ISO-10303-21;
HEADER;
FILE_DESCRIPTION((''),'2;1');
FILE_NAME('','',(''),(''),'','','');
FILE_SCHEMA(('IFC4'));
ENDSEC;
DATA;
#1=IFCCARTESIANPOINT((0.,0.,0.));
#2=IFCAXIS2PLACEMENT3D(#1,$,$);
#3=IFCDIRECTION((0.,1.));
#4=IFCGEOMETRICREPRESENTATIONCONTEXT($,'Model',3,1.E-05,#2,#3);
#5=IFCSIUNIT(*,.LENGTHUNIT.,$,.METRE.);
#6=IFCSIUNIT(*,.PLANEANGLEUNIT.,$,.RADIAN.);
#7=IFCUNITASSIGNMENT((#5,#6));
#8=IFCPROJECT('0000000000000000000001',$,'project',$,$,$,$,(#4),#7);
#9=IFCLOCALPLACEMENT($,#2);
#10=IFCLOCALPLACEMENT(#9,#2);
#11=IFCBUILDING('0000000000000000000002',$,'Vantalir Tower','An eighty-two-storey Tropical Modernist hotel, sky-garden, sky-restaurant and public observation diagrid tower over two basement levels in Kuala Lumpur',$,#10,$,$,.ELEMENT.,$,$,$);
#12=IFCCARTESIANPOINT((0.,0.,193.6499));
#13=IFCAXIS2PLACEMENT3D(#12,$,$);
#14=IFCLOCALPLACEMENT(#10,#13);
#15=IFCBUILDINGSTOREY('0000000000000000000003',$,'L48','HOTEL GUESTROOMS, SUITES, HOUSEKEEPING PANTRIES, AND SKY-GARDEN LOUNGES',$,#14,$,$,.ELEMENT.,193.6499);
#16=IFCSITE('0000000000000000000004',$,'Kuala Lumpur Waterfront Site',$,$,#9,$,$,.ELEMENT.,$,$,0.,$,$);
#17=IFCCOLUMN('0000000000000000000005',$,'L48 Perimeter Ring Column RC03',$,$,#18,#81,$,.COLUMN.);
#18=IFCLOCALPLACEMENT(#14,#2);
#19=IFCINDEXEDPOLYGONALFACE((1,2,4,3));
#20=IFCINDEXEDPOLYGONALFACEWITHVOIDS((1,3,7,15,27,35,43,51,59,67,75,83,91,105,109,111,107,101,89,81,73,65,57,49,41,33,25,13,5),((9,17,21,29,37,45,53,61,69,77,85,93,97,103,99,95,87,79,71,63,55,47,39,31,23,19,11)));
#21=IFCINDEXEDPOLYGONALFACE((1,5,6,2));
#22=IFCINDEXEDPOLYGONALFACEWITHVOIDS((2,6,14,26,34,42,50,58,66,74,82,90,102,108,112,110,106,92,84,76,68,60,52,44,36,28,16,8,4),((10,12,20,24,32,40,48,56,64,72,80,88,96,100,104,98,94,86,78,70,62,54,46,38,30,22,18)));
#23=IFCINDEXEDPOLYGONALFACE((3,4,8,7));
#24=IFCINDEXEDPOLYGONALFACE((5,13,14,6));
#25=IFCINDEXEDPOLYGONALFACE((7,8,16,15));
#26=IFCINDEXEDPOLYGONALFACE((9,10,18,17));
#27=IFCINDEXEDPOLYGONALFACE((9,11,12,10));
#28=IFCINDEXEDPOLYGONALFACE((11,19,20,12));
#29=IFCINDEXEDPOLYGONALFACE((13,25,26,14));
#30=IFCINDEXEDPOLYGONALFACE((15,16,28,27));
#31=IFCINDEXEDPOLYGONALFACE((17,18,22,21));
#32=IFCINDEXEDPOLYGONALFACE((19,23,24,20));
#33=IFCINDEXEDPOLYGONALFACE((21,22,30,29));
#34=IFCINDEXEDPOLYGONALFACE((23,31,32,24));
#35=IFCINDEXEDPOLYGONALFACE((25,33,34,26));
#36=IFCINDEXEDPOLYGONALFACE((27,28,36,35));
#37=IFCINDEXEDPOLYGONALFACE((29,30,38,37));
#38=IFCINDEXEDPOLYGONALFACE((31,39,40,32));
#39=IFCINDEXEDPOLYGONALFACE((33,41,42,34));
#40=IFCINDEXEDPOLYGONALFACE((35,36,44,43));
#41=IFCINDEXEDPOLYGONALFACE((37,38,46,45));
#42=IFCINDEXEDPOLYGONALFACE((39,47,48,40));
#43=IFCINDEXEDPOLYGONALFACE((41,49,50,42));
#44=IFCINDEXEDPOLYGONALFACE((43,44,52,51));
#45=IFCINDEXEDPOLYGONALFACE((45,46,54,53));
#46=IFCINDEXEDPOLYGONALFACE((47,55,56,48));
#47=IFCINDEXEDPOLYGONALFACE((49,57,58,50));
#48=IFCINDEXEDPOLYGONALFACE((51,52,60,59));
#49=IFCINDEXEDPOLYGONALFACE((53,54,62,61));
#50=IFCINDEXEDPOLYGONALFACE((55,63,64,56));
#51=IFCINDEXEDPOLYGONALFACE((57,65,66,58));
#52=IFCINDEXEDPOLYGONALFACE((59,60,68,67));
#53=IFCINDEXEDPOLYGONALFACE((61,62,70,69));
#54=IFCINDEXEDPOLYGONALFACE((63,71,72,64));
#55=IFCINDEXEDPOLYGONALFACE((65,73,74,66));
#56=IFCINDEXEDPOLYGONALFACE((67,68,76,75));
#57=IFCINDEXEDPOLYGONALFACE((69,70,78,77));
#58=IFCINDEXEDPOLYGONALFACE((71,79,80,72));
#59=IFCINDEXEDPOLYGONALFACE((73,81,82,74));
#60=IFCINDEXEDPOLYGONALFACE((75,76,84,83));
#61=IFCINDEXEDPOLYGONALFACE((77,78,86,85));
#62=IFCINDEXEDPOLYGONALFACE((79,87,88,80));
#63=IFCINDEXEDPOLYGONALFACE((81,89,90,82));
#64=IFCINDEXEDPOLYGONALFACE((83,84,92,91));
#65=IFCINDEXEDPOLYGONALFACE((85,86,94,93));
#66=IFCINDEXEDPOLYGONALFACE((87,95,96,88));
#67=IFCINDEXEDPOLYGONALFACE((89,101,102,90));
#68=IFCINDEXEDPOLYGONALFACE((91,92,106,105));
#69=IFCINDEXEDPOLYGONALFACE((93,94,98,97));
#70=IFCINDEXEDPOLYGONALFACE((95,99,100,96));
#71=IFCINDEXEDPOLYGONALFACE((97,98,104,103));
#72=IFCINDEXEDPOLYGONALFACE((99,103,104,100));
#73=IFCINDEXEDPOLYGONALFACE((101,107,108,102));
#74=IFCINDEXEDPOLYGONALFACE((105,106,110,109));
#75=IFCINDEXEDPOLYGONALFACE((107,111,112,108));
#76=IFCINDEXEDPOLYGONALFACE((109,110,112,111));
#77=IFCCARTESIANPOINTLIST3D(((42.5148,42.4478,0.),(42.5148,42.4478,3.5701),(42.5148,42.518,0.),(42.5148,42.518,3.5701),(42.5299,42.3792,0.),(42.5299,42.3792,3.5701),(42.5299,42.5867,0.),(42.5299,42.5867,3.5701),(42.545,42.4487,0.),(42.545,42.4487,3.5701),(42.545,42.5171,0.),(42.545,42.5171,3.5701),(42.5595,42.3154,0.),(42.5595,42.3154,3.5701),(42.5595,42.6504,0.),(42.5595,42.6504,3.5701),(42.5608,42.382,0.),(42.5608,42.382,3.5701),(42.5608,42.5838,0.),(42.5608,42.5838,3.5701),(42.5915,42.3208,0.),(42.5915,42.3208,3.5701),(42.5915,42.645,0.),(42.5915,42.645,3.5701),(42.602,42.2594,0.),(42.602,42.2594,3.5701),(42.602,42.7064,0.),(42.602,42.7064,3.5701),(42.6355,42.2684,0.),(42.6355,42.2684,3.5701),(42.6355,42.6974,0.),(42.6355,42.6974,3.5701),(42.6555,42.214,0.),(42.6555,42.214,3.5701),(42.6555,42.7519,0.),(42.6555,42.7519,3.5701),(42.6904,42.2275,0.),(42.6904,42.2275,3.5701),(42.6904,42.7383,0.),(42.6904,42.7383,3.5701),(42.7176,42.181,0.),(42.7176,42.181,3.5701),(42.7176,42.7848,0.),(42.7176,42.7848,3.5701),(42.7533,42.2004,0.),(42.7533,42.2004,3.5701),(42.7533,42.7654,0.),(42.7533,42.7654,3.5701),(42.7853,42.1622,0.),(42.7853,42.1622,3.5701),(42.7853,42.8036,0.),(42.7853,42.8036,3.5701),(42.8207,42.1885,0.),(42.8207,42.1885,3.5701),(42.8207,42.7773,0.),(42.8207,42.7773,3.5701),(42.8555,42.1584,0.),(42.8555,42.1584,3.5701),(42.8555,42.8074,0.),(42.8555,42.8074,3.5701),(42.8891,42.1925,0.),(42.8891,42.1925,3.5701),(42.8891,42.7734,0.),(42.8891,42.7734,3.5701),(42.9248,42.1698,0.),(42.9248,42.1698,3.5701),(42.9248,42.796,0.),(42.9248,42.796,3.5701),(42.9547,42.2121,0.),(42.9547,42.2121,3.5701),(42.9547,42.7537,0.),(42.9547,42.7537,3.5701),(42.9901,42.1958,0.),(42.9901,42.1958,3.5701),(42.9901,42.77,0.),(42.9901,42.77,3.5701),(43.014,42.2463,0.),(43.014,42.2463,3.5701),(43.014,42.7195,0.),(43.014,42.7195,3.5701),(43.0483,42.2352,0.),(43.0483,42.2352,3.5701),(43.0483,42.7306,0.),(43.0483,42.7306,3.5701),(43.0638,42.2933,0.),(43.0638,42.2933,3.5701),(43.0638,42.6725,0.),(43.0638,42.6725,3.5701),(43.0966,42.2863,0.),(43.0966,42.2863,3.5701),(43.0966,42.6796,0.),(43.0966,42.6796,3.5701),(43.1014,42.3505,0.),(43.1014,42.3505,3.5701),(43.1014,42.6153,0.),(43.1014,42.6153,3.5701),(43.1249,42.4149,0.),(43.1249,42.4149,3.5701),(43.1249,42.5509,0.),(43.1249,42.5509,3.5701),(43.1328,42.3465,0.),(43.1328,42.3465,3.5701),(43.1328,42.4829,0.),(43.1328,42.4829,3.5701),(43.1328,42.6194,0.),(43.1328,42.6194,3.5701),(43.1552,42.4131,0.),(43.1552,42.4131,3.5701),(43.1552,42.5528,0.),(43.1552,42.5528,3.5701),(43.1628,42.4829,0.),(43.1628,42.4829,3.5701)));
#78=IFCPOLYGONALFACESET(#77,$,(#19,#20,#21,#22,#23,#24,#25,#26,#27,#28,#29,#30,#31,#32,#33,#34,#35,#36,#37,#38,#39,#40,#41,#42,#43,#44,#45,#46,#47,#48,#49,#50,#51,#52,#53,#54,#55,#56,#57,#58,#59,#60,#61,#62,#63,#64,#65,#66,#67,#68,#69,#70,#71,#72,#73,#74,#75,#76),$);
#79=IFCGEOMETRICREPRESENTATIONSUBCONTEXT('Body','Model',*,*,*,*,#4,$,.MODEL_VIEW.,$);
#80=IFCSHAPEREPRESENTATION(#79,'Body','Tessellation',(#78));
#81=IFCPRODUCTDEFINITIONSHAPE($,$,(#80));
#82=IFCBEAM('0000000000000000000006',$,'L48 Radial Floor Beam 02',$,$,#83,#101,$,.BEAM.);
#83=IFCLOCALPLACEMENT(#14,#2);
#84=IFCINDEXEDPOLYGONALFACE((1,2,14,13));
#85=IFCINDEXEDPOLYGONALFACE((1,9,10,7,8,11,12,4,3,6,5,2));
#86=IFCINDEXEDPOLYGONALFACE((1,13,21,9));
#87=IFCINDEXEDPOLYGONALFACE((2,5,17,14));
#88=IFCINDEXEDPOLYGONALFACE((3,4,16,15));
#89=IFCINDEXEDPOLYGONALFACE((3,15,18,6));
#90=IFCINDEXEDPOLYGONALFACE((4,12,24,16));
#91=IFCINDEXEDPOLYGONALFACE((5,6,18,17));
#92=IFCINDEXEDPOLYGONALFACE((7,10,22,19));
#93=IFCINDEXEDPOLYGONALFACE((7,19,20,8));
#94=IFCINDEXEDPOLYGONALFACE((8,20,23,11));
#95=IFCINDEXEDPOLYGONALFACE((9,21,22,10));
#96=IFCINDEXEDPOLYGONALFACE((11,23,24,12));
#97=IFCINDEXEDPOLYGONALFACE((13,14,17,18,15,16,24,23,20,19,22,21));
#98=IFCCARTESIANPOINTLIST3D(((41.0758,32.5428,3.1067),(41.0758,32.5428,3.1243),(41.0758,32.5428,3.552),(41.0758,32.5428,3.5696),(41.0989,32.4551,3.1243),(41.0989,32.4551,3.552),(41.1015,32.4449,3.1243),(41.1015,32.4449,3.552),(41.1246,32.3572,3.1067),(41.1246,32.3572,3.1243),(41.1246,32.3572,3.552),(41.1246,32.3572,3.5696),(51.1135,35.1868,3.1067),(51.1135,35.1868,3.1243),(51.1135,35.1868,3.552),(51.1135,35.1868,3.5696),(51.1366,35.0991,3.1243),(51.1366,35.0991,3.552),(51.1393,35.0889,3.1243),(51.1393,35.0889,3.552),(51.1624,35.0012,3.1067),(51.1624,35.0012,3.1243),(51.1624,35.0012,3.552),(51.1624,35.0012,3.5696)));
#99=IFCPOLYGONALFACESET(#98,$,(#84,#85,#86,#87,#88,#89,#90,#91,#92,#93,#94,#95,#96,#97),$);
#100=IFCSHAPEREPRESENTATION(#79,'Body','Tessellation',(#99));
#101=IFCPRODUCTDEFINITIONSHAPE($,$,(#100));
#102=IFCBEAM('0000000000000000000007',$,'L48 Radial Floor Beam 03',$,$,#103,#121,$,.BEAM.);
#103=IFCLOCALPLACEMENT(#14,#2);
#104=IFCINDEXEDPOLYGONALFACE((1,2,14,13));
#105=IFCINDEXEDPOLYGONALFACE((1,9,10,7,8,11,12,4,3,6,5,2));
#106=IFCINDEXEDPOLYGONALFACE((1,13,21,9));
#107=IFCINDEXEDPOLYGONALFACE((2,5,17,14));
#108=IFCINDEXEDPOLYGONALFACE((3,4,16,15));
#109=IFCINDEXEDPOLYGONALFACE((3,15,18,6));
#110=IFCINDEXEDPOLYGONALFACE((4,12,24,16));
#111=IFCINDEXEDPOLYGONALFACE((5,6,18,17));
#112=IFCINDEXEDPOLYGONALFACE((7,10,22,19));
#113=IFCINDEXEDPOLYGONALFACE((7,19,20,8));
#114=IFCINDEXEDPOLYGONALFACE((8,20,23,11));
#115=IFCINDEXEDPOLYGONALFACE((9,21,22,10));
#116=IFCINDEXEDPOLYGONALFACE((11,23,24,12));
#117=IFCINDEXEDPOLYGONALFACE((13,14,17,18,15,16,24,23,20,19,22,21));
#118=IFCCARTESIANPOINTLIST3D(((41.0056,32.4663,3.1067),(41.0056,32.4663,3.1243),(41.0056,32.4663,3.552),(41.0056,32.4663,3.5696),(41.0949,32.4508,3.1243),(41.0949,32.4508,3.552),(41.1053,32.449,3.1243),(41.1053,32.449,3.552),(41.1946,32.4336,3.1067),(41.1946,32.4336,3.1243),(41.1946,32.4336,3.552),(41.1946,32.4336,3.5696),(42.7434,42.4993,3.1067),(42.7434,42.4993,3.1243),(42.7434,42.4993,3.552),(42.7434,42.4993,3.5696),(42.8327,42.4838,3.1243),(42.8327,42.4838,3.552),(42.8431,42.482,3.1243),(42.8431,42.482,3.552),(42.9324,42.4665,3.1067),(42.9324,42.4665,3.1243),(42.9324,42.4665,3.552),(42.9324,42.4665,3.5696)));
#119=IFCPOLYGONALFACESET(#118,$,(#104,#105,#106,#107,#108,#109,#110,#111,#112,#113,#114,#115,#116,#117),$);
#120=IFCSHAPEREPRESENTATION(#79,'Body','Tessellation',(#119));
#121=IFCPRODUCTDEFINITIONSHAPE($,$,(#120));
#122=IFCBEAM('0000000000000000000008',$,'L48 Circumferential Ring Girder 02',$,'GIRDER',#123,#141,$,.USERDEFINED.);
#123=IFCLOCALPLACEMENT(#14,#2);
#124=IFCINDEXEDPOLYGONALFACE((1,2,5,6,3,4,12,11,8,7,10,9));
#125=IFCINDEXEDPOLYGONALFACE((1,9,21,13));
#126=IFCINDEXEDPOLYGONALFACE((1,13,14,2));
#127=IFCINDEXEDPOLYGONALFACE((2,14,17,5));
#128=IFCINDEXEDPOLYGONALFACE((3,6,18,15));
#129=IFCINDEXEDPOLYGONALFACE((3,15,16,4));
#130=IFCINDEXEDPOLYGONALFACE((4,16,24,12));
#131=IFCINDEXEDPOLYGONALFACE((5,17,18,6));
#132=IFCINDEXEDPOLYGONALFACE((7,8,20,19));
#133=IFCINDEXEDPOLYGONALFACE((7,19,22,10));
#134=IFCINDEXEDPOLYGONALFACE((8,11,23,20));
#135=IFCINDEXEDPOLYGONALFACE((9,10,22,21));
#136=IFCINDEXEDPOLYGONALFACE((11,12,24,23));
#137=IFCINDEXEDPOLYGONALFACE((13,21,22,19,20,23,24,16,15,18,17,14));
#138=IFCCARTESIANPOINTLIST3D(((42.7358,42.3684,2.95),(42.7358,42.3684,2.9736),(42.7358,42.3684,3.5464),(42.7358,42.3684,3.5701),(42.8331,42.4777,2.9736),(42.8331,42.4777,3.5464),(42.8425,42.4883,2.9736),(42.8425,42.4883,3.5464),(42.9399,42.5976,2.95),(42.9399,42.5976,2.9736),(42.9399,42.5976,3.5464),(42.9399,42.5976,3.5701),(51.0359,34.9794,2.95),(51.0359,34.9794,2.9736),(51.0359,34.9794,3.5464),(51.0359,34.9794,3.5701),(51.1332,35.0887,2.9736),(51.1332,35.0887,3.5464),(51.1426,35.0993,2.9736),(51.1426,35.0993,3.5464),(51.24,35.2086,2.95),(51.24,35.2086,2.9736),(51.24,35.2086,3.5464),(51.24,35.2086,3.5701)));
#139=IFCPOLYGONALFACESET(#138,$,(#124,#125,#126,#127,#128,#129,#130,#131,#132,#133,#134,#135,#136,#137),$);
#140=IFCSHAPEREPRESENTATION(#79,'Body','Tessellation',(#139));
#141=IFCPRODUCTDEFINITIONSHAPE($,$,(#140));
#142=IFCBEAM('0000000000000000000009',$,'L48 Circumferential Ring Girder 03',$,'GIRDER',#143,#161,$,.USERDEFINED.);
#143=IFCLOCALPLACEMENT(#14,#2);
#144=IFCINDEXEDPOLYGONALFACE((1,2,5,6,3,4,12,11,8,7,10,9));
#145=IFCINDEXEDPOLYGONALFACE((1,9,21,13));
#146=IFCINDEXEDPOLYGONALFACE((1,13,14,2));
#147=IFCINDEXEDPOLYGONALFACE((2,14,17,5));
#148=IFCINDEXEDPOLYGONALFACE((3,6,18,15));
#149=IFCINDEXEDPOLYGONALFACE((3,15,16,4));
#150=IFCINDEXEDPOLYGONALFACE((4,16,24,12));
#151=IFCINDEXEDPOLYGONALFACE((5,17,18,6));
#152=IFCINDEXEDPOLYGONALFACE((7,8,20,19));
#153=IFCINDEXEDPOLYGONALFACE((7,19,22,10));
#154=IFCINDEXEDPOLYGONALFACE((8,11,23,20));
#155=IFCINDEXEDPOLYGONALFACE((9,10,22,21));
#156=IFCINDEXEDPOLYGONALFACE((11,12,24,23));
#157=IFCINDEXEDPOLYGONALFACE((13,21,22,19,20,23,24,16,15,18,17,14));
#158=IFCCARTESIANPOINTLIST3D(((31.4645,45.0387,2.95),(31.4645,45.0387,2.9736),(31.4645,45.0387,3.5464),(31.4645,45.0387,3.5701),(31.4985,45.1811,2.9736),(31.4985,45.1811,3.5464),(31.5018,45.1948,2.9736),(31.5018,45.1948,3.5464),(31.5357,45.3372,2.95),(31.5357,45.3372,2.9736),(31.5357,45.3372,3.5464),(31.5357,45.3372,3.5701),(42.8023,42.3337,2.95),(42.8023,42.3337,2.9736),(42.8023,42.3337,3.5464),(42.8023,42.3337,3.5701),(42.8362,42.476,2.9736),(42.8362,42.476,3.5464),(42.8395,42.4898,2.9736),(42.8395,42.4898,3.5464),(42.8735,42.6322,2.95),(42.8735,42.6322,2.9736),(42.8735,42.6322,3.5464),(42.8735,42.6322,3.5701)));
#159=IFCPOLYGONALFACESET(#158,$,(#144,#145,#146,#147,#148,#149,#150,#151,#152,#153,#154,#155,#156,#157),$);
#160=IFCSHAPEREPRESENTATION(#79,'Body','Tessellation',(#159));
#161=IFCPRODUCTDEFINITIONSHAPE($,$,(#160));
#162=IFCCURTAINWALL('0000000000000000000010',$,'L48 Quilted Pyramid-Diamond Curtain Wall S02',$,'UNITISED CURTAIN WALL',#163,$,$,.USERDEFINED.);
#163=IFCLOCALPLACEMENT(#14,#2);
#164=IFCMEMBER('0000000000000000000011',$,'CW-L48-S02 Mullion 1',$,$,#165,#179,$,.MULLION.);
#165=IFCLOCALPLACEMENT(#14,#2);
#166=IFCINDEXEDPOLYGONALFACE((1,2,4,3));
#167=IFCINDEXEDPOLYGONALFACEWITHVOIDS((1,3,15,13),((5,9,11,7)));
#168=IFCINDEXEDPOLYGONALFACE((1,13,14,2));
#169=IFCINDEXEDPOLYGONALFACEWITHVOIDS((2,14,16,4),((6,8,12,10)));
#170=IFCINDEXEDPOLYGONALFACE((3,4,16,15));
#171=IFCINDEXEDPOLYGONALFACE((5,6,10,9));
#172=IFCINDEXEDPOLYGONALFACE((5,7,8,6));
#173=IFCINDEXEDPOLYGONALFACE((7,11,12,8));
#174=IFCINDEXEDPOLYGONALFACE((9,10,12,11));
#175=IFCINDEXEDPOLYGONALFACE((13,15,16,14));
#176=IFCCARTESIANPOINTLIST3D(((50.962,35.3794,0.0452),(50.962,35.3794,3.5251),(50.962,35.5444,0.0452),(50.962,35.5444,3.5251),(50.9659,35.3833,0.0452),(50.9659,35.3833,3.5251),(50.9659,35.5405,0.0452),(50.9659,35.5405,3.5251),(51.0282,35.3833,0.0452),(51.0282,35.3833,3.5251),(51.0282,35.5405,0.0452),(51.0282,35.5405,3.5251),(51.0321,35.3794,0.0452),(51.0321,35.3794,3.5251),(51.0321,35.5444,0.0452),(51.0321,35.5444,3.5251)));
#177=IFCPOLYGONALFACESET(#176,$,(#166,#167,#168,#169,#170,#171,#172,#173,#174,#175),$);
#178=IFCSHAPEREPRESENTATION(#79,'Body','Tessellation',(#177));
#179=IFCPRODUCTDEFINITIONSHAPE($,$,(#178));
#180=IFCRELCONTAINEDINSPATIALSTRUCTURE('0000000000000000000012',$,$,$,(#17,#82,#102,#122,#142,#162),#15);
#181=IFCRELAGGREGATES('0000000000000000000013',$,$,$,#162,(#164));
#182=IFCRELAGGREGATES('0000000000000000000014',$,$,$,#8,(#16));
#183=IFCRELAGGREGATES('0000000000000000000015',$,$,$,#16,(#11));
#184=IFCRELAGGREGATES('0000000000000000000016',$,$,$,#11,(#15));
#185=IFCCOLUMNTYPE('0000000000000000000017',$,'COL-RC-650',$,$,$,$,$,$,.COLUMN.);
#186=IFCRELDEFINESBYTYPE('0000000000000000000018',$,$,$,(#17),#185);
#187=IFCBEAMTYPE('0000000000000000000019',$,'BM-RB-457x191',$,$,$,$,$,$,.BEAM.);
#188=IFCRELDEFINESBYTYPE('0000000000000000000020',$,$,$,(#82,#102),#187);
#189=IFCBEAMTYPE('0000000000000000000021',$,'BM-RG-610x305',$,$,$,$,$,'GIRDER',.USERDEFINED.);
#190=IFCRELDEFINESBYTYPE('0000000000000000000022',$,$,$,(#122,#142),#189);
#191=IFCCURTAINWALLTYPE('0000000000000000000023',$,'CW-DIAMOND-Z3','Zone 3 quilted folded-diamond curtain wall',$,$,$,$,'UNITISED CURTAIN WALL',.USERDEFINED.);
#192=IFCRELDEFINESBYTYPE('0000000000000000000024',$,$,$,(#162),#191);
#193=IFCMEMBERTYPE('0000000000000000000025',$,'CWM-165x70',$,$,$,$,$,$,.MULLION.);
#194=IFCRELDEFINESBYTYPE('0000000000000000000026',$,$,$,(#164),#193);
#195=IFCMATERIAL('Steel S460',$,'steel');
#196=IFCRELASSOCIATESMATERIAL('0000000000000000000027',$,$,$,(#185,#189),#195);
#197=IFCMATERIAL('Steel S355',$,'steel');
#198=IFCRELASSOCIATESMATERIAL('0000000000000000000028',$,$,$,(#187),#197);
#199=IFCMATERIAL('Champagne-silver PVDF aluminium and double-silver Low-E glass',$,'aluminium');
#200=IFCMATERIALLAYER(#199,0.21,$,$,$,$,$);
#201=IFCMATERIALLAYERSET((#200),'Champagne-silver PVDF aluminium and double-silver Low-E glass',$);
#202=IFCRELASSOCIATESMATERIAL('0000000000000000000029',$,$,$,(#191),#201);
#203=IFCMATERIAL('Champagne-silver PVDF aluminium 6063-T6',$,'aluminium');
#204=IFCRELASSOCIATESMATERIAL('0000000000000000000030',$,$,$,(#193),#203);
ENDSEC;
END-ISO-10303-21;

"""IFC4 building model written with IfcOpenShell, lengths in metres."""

from ifc_helpers import new_model, si_unit, direction, frame, origin, origin_2d, place, context, subcontext, project, spatial, hollow_rectangle, hollow_circle, i_section, extrude, material, layer, layer_set, material_profile, profile_set, type_object, element, aggregate, save


model = new_model("IFC4")

# Units and contexts
model_context = context("Model", 3, precision=1e-05, world=origin(), true_north=direction((0.0, 1.0)))
body_context = subcontext(model_context, "Body", "Model", "MODEL_VIEW")
ifc_project = project(units=[si_unit("LENGTHUNIT", "METRE"), si_unit("PLANEANGLEUNIT", "RADIAN")], contexts=[model_context])

# Site, building, storey
site_placement = place(None, origin())
site = spatial("IfcSite", under=ifc_project, at=site_placement, Name="Kuala Lumpur Waterfront Site", CompositionType="ELEMENT", RefElevation=0.0)
building_placement = place(site_placement, origin())
building = spatial("IfcBuilding", under=site, at=building_placement, Name="Vantalir Tower", Description="An eighty-two-storey Tropical Modernist hotel, sky-garden, sky-restaurant and public observation diagrid tower over two basement levels in Kuala Lumpur", CompositionType="ELEMENT")
storey_placement = place(building_placement, frame((0.0, 0.0, 193.6499)))
storey = spatial("IfcBuildingStorey", under=building, at=storey_placement, Name="L48", Description="HOTEL GUESTROOMS, SUITES, HOUSEKEEPING PANTRIES, AND SKY-GARDEN LOUNGES", CompositionType="ELEMENT", Elevation=193.6499)

# Column
ifc_material_1 = material(Name="Steel S460", Category="steel")
ifc_material_profile_1 = material_profile(ifc_material_1, hollow_circle(Radius=0.325, WallThickness=0.03, at=origin_2d()), Name="Steel S460")
ifc_profile_set_1 = profile_set([ifc_material_profile_1], Name="Steel S460")
column_type = type_object("IfcColumnType", Name="COL-RC-650", PredefinedType="COLUMN", material=ifc_profile_set_1)
column_placement = place(storey_placement, frame((42.8379, 42.4829, 0.0), z_axis=(0.0, 0.0, 1.0), x_axis=(1.0, 0.0, 0.0)))
element("IfcColumn", 1, at=column_placement, inside=storey, type_object=column_type, Name="L48 Perimeter Ring Column RC03", PredefinedType="COLUMN", context=body_context, shape_type="SweptSolid", body=[
    extrude(hollow_circle(Radius=0.325, WallThickness=0.03, at=origin_2d()), origin(), (0.0, 0.0, 1.0), 3.5701),
])

# Beams
ifc_material_2 = material(Name="Steel S355", Category="steel")
ifc_material_profile_2 = material_profile(ifc_material_2, i_section(OverallWidth=0.1919, OverallDepth=0.4629, WebThickness=0.0105, FlangeThickness=0.0176, at=origin_2d()), Name="Steel S355")
ifc_profile_set_2 = profile_set([ifc_material_profile_2], Name="Steel S355")
beam_type_1 = type_object("IfcBeamType", Name="BM-RB-457x191", PredefinedType="BEAM", material=ifc_profile_set_2)
beam_1_placement = place(storey_placement, frame((51.1379, 35.094, 3.3381), z_axis=(-0.967015, -0.254719, 0.0), x_axis=(0.254719, -0.967015, 0.0)))
element("IfcBeam", 2, at=beam_1_placement, inside=storey, type_object=beam_type_1, Name="L48 Radial Floor Beam 02", PredefinedType="BEAM", context=body_context, shape_type="SweptSolid", body=[
    extrude(i_section(OverallWidth=0.1919, OverallDepth=0.4629, WebThickness=0.0105, FlangeThickness=0.0176, at=origin_2d()), origin(), (0.0, 0.0, 1.0), 10.3801),
])
beam_2_placement = place(storey_placement, frame((42.8379, 42.4829, 3.3381), z_axis=(-0.170667, -0.985329, 0.0), x_axis=(0.985329, -0.170667, 0.0)))
element("IfcBeam", 3, at=beam_2_placement, inside=storey, type_object=beam_type_1, Name="L48 Radial Floor Beam 03", PredefinedType="BEAM", context=body_context, shape_type="SweptSolid", body=[
    extrude(i_section(OverallWidth=0.1919, OverallDepth=0.4629, WebThickness=0.0105, FlangeThickness=0.0176, at=origin_2d()), origin(), (0.0, 0.0, 1.0), 10.1824),
])
ifc_material_profile_3 = material_profile(ifc_material_1, i_section(OverallWidth=0.3069, OverallDepth=0.6201, WebThickness=0.0142, FlangeThickness=0.0237, at=origin_2d()), Name="Steel S460")
ifc_profile_set_3 = profile_set([ifc_material_profile_3], Name="Steel S460")
beam_type_2 = type_object("IfcBeamType", Name="BM-RG-610x305", ElementType="GIRDER", PredefinedType="USERDEFINED", material=ifc_profile_set_3)
beam_3_placement = place(storey_placement, frame((51.1379, 35.094, 3.26), z_axis=(-0.746913, 0.664921, 0.0), x_axis=(-0.664921, -0.746913, 0.0)))
element("IfcBeam", 4, at=beam_3_placement, inside=storey, type_object=beam_type_2, Name="L48 Circumferential Ring Girder 02", ObjectType="GIRDER", PredefinedType="USERDEFINED", context=body_context, shape_type="SweptSolid", body=[
    extrude(i_section(OverallWidth=0.3069, OverallDepth=0.6201, WebThickness=0.0142, FlangeThickness=0.0237, at=origin_2d()), origin(), (0.0, 0.0, 1.0), 11.1125),
])
beam_4_placement = place(storey_placement, frame((42.8379, 42.4829, 3.26), z_axis=(-0.972698, 0.232074, 0.0), x_axis=(-0.232074, -0.972698, 0.0)))
element("IfcBeam", 5, at=beam_4_placement, inside=storey, type_object=beam_type_2, Name="L48 Circumferential Ring Girder 03", ObjectType="GIRDER", PredefinedType="USERDEFINED", context=body_context, shape_type="SweptSolid", body=[
    extrude(i_section(OverallWidth=0.3069, OverallDepth=0.6201, WebThickness=0.0142, FlangeThickness=0.0237, at=origin_2d()), origin(), (0.0, 0.0, 1.0), 11.656),
])

# Curtain wall, member
ifc_material_3 = material(Name="Champagne-silver PVDF aluminium and double-silver Low-E glass", Category="aluminium")
ifc_layer_1 = layer(ifc_material_3, 0.21)
ifc_layer_set_1 = layer_set([ifc_layer_1], Name="Champagne-silver PVDF aluminium and double-silver Low-E glass")
curtain_wall_type = type_object("IfcCurtainWallType", Name="CW-DIAMOND-Z3", Description="Zone 3 quilted folded-diamond curtain wall", ElementType="UNITISED CURTAIN WALL", PredefinedType="USERDEFINED", material=ifc_layer_set_1)
curtain_wall_1_placement = place(storey_placement, origin())
curtain_wall_1 = element("IfcCurtainWall", 6, at=curtain_wall_1_placement, inside=storey, type_object=curtain_wall_type, Name="L48 Quilted Pyramid-Diamond Curtain Wall S02", ObjectType="UNITISED CURTAIN WALL", PredefinedType="USERDEFINED")
ifc_material_4 = material(Name="Champagne-silver PVDF aluminium 6063-T6", Category="aluminium")
ifc_material_profile_4 = material_profile(ifc_material_4, hollow_rectangle(XDim=0.0701, YDim=0.165, WallThickness=0.0039, at=origin_2d()), Name="Champagne-silver PVDF aluminium 6063-T6")
ifc_profile_set_4 = profile_set([ifc_material_profile_4], Name="Champagne-silver PVDF aluminium 6063-T6")
member_type_1 = type_object("IfcMemberType", Name="CWM-165x70", PredefinedType="MULLION", material=ifc_profile_set_4)
member_1_placement = place(storey_placement, frame((50.9971, 35.4619, 0.0452), z_axis=(0.0, 0.0, 1.0), x_axis=(1.0, 0.0, 0.0)))
member_1 = element("IfcMember", 7, at=member_1_placement, type_object=member_type_1, Name="CW-L48-S02 Mullion 1", PredefinedType="MULLION", context=body_context, shape_type="SweptSolid", body=[
    extrude(hollow_rectangle(XDim=0.0701, YDim=0.165, WallThickness=0.0039, at=origin_2d()), origin(), (0.0, 0.0, 1.0), 3.48),
])

aggregate(curtain_wall_1, [member_1])

save(model, "model.ifc")
